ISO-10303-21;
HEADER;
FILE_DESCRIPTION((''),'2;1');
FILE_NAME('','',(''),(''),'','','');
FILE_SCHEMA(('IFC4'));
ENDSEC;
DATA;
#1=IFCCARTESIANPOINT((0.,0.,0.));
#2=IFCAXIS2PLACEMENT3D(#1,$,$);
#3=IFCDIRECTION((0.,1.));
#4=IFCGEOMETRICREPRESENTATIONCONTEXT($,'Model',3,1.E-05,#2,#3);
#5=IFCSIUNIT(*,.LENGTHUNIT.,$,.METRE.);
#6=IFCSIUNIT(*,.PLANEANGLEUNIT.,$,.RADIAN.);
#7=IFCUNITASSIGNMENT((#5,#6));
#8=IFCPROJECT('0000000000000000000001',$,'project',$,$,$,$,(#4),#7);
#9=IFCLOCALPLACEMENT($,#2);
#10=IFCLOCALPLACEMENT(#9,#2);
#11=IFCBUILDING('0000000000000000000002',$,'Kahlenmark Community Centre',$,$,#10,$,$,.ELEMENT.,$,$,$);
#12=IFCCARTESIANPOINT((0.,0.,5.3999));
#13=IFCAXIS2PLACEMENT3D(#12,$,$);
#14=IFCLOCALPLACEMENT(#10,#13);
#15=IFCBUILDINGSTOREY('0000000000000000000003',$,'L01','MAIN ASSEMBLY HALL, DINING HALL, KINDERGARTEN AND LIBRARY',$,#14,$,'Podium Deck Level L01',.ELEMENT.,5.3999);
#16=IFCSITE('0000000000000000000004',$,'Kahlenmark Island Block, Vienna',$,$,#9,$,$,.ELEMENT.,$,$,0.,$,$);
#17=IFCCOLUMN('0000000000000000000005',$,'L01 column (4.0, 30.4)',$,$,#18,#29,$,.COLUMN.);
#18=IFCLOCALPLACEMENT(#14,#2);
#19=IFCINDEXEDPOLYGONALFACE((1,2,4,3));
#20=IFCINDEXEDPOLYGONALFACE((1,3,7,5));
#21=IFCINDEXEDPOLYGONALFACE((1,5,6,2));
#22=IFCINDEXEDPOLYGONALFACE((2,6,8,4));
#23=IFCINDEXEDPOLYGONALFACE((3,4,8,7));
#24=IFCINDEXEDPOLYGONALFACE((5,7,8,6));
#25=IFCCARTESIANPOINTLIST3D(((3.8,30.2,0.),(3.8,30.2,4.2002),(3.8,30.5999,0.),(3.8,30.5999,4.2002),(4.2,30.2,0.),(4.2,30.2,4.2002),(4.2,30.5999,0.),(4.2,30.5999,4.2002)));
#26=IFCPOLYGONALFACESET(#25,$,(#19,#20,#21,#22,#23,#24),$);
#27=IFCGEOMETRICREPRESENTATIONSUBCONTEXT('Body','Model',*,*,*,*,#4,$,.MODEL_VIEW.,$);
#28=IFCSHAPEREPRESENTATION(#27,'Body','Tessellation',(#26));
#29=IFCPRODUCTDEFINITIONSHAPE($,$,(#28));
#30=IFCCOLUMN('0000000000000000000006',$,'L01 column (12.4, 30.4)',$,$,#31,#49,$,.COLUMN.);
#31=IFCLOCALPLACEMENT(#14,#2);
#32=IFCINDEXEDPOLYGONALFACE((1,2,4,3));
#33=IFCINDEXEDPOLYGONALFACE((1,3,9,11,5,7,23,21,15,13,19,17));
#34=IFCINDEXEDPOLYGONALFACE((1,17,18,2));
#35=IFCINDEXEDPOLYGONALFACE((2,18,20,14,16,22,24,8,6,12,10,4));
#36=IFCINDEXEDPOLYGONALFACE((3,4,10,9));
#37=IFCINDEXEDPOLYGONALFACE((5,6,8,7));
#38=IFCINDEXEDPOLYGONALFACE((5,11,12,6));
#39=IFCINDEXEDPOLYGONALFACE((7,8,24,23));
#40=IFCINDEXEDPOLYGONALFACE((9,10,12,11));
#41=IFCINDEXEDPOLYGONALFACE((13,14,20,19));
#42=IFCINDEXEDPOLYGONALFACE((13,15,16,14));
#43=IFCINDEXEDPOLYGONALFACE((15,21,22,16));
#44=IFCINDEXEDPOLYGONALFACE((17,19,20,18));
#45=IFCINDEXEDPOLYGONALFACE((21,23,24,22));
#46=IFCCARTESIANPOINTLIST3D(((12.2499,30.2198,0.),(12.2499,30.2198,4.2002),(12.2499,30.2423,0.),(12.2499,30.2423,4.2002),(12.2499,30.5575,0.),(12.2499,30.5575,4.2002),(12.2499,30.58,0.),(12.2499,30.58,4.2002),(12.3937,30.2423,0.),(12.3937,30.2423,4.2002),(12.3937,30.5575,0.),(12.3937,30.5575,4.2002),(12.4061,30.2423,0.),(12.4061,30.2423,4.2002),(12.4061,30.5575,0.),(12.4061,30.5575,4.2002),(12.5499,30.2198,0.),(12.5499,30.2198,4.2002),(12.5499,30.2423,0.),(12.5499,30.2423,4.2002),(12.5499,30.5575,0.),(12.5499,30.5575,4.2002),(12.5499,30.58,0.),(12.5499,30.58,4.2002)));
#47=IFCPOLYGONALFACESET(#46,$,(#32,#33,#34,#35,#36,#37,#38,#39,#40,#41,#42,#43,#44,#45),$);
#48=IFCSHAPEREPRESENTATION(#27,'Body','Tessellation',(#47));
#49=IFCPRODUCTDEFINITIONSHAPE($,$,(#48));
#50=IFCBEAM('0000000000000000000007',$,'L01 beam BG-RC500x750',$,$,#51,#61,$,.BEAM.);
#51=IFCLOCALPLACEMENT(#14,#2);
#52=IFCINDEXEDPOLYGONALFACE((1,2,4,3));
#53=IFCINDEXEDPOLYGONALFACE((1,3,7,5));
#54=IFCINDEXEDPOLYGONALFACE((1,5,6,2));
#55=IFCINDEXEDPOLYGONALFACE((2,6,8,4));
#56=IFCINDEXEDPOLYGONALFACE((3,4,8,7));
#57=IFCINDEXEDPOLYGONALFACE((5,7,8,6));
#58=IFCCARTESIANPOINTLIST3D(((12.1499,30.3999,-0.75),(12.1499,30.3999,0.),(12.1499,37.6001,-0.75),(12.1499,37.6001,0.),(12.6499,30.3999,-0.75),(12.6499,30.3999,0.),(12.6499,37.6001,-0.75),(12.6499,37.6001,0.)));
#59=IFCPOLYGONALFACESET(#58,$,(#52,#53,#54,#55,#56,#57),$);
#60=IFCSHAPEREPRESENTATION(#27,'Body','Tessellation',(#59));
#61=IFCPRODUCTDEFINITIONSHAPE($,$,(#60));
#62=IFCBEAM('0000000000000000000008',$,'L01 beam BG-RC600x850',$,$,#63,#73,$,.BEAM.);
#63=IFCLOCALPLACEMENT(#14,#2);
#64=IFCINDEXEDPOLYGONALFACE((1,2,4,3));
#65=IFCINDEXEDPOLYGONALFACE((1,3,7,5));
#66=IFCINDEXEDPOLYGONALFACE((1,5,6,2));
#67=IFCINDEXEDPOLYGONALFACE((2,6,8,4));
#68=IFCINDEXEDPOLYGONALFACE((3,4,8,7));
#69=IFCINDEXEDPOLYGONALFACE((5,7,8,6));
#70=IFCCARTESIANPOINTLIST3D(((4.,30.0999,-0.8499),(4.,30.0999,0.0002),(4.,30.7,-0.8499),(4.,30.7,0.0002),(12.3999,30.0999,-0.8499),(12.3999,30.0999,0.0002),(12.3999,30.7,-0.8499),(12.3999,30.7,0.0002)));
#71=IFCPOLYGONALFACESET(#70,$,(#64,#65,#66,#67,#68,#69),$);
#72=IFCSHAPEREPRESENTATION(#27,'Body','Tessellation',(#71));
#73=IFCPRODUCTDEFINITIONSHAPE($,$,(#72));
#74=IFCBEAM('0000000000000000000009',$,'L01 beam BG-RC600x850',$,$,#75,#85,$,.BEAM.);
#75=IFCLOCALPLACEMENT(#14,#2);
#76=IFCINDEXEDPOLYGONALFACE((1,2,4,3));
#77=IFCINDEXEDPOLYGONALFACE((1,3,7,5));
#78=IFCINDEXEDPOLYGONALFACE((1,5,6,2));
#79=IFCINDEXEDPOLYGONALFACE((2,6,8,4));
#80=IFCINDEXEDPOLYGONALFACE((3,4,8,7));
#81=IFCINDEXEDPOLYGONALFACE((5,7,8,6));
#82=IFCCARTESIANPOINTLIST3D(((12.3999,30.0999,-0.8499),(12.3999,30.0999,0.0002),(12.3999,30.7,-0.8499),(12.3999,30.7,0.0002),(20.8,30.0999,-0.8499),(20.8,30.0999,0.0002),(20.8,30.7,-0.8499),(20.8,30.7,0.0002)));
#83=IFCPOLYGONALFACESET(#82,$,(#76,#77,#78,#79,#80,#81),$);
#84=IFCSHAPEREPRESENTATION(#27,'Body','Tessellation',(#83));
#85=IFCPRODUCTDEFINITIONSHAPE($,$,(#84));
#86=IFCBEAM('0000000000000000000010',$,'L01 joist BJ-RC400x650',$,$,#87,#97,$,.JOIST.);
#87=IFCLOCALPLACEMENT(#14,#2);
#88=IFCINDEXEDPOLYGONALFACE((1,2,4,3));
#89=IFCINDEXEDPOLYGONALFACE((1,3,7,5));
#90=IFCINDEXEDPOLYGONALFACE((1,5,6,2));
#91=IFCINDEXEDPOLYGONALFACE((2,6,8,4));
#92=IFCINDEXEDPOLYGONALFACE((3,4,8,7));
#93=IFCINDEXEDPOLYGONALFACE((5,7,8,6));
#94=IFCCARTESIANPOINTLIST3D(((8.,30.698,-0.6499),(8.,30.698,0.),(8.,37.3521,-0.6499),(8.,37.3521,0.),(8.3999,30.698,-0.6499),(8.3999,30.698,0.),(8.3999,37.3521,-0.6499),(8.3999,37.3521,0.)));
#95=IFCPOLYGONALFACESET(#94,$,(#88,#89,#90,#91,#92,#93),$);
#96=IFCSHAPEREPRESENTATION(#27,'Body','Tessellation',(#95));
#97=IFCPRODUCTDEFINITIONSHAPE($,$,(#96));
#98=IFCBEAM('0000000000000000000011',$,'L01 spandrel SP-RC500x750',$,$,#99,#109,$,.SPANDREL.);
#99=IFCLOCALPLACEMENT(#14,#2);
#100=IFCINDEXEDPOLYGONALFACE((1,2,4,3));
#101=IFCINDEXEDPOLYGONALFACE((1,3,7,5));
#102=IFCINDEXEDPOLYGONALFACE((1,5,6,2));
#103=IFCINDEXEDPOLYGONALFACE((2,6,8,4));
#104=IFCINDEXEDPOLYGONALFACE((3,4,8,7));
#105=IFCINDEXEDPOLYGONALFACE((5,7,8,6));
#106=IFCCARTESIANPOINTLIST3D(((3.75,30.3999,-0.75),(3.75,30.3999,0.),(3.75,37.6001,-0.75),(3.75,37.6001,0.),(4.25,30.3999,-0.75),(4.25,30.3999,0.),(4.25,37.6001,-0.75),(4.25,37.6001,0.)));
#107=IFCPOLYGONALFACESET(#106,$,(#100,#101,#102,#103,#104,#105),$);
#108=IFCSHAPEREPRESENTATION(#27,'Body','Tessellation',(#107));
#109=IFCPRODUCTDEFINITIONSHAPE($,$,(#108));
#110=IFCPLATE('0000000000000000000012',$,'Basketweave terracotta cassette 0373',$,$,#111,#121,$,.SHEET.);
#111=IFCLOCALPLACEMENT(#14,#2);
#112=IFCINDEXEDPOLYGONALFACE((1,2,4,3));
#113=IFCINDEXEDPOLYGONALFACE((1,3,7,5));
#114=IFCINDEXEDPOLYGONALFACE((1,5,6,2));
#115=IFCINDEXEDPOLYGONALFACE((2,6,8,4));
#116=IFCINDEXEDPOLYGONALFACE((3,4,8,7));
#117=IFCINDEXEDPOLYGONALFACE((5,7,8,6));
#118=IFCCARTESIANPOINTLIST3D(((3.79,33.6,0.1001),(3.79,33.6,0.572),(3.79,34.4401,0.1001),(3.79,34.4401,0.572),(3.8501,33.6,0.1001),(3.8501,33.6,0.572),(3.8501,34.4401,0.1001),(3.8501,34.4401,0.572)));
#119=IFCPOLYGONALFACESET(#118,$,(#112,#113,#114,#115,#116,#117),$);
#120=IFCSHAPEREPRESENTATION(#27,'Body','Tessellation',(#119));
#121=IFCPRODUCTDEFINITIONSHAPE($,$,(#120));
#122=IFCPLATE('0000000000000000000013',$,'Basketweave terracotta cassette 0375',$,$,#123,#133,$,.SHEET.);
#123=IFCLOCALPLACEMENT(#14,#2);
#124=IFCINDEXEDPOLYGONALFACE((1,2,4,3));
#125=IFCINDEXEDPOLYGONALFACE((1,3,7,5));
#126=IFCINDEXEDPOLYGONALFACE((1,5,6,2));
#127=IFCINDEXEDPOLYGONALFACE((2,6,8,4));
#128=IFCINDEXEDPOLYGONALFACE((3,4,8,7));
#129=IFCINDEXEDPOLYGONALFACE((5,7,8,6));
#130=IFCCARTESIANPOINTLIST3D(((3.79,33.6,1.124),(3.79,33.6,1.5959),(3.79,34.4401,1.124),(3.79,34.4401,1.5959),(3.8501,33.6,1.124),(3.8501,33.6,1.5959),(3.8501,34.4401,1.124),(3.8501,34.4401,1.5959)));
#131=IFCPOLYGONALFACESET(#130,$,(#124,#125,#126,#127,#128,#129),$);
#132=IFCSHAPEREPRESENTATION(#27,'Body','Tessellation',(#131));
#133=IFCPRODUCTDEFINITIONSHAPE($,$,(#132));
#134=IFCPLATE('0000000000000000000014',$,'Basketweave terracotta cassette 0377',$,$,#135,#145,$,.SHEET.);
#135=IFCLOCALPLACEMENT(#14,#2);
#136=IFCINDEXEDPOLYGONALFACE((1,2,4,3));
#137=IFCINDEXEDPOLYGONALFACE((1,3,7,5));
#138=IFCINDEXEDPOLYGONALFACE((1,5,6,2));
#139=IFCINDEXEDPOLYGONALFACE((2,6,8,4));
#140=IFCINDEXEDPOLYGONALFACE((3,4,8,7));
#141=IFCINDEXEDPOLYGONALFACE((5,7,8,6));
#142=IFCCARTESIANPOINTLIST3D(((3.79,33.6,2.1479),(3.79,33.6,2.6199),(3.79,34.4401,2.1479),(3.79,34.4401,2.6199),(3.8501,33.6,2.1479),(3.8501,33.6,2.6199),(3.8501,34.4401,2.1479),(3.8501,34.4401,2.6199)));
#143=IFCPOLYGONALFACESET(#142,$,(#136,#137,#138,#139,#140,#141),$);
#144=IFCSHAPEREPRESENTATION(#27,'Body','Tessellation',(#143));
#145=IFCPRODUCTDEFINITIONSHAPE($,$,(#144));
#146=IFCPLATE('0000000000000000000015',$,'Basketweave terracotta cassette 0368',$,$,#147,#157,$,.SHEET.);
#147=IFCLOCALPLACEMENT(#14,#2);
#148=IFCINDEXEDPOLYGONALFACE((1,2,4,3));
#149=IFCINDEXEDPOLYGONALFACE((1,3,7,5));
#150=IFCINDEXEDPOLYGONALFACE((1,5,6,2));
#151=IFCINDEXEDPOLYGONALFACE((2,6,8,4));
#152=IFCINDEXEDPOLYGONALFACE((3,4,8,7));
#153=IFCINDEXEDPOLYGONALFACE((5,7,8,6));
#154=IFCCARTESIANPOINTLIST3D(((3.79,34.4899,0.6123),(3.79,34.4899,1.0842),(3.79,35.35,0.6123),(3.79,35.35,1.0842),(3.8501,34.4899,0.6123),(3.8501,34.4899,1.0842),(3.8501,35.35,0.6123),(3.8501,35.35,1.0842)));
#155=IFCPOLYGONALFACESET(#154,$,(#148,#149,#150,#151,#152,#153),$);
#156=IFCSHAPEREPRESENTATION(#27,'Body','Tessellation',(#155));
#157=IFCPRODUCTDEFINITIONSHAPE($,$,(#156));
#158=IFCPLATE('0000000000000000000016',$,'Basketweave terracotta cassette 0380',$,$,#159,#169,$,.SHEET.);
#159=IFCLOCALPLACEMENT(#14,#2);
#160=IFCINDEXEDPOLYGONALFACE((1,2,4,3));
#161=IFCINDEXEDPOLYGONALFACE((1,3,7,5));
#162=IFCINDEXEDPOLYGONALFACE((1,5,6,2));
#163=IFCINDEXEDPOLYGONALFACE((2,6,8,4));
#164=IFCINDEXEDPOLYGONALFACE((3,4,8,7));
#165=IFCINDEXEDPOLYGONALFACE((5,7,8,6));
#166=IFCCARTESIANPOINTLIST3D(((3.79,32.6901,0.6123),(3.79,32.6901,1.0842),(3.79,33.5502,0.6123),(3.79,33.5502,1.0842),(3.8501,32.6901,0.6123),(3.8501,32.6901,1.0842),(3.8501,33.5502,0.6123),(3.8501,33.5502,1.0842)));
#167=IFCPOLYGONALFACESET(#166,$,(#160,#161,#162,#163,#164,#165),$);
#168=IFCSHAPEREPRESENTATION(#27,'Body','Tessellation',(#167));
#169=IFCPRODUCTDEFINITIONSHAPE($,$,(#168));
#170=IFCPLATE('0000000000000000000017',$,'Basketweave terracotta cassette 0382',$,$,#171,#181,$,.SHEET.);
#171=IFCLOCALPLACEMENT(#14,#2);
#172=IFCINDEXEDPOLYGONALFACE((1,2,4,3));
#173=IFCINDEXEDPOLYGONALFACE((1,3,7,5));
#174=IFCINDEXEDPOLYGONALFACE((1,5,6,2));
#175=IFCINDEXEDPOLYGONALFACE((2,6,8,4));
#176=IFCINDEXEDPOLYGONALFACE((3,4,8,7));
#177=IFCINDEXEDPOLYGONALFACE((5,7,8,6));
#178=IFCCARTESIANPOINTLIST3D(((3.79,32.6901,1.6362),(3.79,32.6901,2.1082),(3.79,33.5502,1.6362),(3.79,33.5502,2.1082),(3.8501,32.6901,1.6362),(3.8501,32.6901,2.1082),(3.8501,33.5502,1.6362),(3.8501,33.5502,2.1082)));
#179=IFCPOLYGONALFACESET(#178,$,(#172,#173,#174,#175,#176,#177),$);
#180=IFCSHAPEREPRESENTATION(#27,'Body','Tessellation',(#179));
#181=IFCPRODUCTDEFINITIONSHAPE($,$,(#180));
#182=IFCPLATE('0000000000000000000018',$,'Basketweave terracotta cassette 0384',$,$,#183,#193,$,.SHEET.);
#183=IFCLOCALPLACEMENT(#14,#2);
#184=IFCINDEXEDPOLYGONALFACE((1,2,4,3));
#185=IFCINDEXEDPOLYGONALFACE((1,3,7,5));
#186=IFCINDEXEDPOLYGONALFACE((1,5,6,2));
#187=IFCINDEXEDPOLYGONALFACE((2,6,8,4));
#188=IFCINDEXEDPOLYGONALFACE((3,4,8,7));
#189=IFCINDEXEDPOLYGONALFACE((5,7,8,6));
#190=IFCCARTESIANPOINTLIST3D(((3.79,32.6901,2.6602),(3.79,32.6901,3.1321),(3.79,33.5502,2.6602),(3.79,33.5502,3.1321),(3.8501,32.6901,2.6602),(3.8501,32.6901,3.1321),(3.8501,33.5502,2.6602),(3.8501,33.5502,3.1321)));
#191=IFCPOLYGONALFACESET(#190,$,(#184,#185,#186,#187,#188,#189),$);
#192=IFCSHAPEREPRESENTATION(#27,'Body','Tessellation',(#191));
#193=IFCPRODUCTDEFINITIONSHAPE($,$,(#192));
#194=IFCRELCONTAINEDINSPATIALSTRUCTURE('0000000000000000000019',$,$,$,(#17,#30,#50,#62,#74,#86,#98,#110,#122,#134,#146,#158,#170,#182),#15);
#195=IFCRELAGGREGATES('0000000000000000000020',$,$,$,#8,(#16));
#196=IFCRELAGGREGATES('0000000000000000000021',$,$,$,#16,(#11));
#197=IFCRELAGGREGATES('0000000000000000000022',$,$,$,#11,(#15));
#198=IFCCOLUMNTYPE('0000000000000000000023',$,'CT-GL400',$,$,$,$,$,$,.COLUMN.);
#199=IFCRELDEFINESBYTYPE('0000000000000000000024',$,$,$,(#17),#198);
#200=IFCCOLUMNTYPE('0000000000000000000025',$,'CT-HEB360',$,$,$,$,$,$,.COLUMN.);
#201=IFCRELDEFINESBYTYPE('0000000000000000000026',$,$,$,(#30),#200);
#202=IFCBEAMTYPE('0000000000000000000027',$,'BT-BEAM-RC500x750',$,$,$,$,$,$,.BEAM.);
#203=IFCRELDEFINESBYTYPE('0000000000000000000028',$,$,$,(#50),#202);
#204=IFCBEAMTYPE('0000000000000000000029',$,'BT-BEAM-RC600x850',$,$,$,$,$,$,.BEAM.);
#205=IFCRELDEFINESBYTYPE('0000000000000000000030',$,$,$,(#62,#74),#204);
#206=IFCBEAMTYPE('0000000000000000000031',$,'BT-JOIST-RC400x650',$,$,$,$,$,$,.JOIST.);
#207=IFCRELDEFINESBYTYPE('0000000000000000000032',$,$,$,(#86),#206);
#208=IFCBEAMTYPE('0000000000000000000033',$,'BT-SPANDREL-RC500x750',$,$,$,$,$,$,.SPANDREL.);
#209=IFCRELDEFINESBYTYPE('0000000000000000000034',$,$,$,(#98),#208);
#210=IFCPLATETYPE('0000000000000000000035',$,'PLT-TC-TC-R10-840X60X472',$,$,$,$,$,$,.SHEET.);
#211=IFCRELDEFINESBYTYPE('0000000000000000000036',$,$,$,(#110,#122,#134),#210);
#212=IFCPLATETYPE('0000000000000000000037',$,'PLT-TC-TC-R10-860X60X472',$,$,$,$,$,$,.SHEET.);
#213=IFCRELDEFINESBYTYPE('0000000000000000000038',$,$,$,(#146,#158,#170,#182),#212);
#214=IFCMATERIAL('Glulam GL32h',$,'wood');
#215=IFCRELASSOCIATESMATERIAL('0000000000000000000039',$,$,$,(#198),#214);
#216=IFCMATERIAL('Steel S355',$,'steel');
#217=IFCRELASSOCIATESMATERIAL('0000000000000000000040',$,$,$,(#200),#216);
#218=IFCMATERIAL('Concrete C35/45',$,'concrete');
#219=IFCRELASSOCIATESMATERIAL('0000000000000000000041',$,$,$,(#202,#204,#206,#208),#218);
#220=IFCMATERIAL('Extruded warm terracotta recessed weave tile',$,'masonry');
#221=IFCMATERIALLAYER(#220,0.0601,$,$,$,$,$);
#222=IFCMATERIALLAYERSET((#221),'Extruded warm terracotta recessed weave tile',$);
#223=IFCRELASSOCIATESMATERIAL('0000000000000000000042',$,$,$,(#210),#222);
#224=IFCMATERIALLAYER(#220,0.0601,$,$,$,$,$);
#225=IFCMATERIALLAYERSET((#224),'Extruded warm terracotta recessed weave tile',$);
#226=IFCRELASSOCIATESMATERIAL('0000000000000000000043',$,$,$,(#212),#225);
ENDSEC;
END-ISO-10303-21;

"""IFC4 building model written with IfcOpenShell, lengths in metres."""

from ifc_helpers import new_model, si_unit, direction, frame, origin, origin_2d, place, context, subcontext, project, spatial, rectangle, i_section, extrude, material, layer, layer_set, material_profile, profile_set, type_object, element, save


model = new_model("IFC4")

# Units and contexts
model_context = context("Model", 3, precision=1e-05, world=origin(), true_north=direction((0.0, 1.0)))
body_context = subcontext(model_context, "Body", "Model", "MODEL_VIEW")
ifc_project = project(units=[si_unit("LENGTHUNIT", "METRE"), si_unit("PLANEANGLEUNIT", "RADIAN")], contexts=[model_context])

# Site, building, storey
site_placement = place(None, origin())
site = spatial("IfcSite", under=ifc_project, at=site_placement, Name="Kahlenmark Island Block, Vienna", CompositionType="ELEMENT", RefElevation=0.0)
building_placement = place(site_placement, origin())
building = spatial("IfcBuilding", under=site, at=building_placement, Name="Kahlenmark Community Centre", CompositionType="ELEMENT")
storey_placement = place(building_placement, frame((0.0, 0.0, 5.3999)))
storey = spatial("IfcBuildingStorey", under=building, at=storey_placement, Name="L01", Description="MAIN ASSEMBLY HALL, DINING HALL, KINDERGARTEN AND LIBRARY", LongName="Podium Deck Level L01", CompositionType="ELEMENT", Elevation=5.3999)

# Columns
ifc_material_1 = material(Name="Glulam GL32h", Category="wood")
ifc_material_profile_1 = material_profile(ifc_material_1, rectangle(XDim=0.3999, YDim=0.3999, at=origin_2d()), Name="GL32h 400x400")
ifc_profile_set_1 = profile_set([ifc_material_profile_1], Name="Glulam GL32h")
column_type_1 = type_object("IfcColumnType", Name="CT-GL400", PredefinedType="COLUMN", material=ifc_profile_set_1)
column_1_placement = place(storey_placement, frame((4.0, 30.3999, 0.0), z_axis=(0.0, 0.0, 1.0), x_axis=(1.0, 0.0, 0.0)))
element("IfcColumn", 1, at=column_1_placement, inside=storey, type_object=column_type_1, Name="L01 column (4.0, 30.4)", PredefinedType="COLUMN", context=body_context, shape_type="SweptSolid", body=[
    extrude(rectangle(XDim=0.3999, YDim=0.3999, at=origin_2d()), origin(), (0.0, 0.0, 1.0), 4.2002),
])
ifc_material_2 = material(Name="Steel S355", Category="steel")
ifc_material_profile_2 = material_profile(ifc_material_2, i_section(OverallWidth=0.3, OverallDepth=0.3601, WebThickness=0.0125, FlangeThickness=0.0225, at=origin_2d()), Name="HEB 360")
ifc_profile_set_2 = profile_set([ifc_material_profile_2], Name="Steel S355")
column_type_2 = type_object("IfcColumnType", Name="CT-HEB360", PredefinedType="COLUMN", material=ifc_profile_set_2)
column_2_placement = place(storey_placement, frame((12.3999, 30.3999, 0.0), z_axis=(0.0, 0.0, 1.0), x_axis=(1.0, 0.0, 0.0)))
element("IfcColumn", 2, at=column_2_placement, inside=storey, type_object=column_type_2, Name="L01 column (12.4, 30.4)", PredefinedType="COLUMN", context=body_context, shape_type="SweptSolid", body=[
    extrude(i_section(OverallWidth=0.3, OverallDepth=0.3601, WebThickness=0.0125, FlangeThickness=0.0225, at=origin_2d()), origin(), (0.0, 0.0, 1.0), 4.2002),
])

# Beams
ifc_material_3 = material(Name="Concrete C35/45", Category="concrete")
ifc_material_profile_3 = material_profile(ifc_material_3, rectangle(XDim=0.5, YDim=0.75, at=origin_2d()), Name="RC 500x750")
ifc_profile_set_3 = profile_set([ifc_material_profile_3], Name="Concrete C35/45")
beam_type_1 = type_object("IfcBeamType", Name="BT-BEAM-RC500x750", PredefinedType="BEAM", material=ifc_profile_set_3)
beam_1_placement = place(storey_placement, frame((12.3999, 30.3999, -0.375), z_axis=(0.0, 1.0, 0.0), x_axis=(-1.0, 0.0, 0.0)))
element("IfcBeam", 3, at=beam_1_placement, inside=storey, type_object=beam_type_1, Name="L01 beam BG-RC500x750", PredefinedType="BEAM", context=body_context, shape_type="SweptSolid", body=[
    extrude(rectangle(XDim=0.5, YDim=0.75, at=origin_2d()), origin(), (0.0, 0.0, 1.0), 7.2002),
])
ifc_material_profile_4 = material_profile(ifc_material_3, rectangle(XDim=0.6001, YDim=0.8501, at=origin_2d()), Name="RC 600x850")
ifc_profile_set_4 = profile_set([ifc_material_profile_4], Name="Concrete C35/45")
beam_type_2 = type_object("IfcBeamType", Name="BT-BEAM-RC600x850", PredefinedType="BEAM", material=ifc_profile_set_4)
beam_2_placement = place(storey_placement, frame((4.0, 30.3999, -0.4248), z_axis=(1.0, 0.0, 0.0), x_axis=(0.0, 1.0, 0.0)))
element("IfcBeam", 4, at=beam_2_placement, inside=storey, type_object=beam_type_2, Name="L01 beam BG-RC600x850", PredefinedType="BEAM", context=body_context, shape_type="SweptSolid", body=[
    extrude(rectangle(XDim=0.6001, YDim=0.8501, at=origin_2d()), origin(), (0.0, 0.0, 1.0), 8.3999),
])
beam_3_placement = place(storey_placement, frame((12.3999, 30.3999, -0.4248), z_axis=(1.0, 0.0, 0.0), x_axis=(0.0, 1.0, 0.0)))
element("IfcBeam", 5, at=beam_3_placement, inside=storey, type_object=beam_type_2, Name="L01 beam BG-RC600x850", PredefinedType="BEAM", context=body_context, shape_type="SweptSolid", body=[
    extrude(rectangle(XDim=0.6001, YDim=0.8501, at=origin_2d()), origin(), (0.0, 0.0, 1.0), 8.4001),
])
ifc_material_profile_5 = material_profile(ifc_material_3, rectangle(XDim=0.3999, YDim=0.6499, at=origin_2d()), Name="RC 400x650")
ifc_profile_set_5 = profile_set([ifc_material_profile_5], Name="Concrete C35/45")
beam_type_3 = type_object("IfcBeamType", Name="BT-JOIST-RC400x650", PredefinedType="JOIST", material=ifc_profile_set_5)
beam_4_placement = place(storey_placement, frame((8.2, 30.698, -0.325), z_axis=(0.0, 1.0, 0.0), x_axis=(-1.0, 0.0, 0.0)))
element("IfcBeam", 6, at=beam_4_placement, inside=storey, type_object=beam_type_3, Name="L01 joist BJ-RC400x650", PredefinedType="JOIST", context=body_context, shape_type="SweptSolid", body=[
    extrude(rectangle(XDim=0.3999, YDim=0.6499, at=origin_2d()), origin(), (0.0, 0.0, 1.0), 6.6541),
])
ifc_material_profile_6 = material_profile(ifc_material_3, rectangle(XDim=0.5, YDim=0.75, at=origin_2d()), Name="RC 500x750")
ifc_profile_set_6 = profile_set([ifc_material_profile_6], Name="Concrete C35/45")
beam_type_4 = type_object("IfcBeamType", Name="BT-SPANDREL-RC500x750", PredefinedType="SPANDREL", material=ifc_profile_set_6)
beam_5_placement = place(storey_placement, frame((4.0, 30.3999, -0.375), z_axis=(0.0, 1.0, 0.0), x_axis=(-1.0, 0.0, 0.0)))
element("IfcBeam", 7, at=beam_5_placement, inside=storey, type_object=beam_type_4, Name="L01 spandrel SP-RC500x750", PredefinedType="SPANDREL", context=body_context, shape_type="SweptSolid", body=[
    extrude(rectangle(XDim=0.5, YDim=0.75, at=origin_2d()), origin(), (0.0, 0.0, 1.0), 7.2002),
])

# Plates
ifc_material_4 = material(Name="Extruded warm terracotta recessed weave tile", Category="masonry")
ifc_layer_1 = layer(ifc_material_4, 0.0601)
ifc_layer_set_1 = layer_set([ifc_layer_1], Name="Extruded warm terracotta recessed weave tile")
plate_type_1 = type_object("IfcPlateType", Name="PLT-TC-TC-R10-840X60X472", PredefinedType="SHEET", material=ifc_layer_set_1)
for number, where, z_axis, x_axis, name in (
    (8, (3.8201, 34.02, 0.1001), (0.0, 0.0, 1.0), (0.0, -1.0, 0.0), "Basketweave terracotta cassette 0373"),
    (9, (3.8201, 34.02, 1.124), (0.0, 0.0, 1.0), (0.0, -1.0, 0.0), "Basketweave terracotta cassette 0375"),
    (10, (3.8201, 34.02, 2.1479), (0.0, 0.0, 1.0), (0.0, -1.0, 0.0), "Basketweave terracotta cassette 0377"),
):
    element("IfcPlate", number, at=place(storey_placement, frame(where, z_axis=z_axis, x_axis=x_axis)), inside=storey, type_object=plate_type_1, Name=name, PredefinedType="SHEET", context=body_context, shape_type="SweptSolid", body=[
        extrude(rectangle(XDim=0.8401, YDim=0.0601, at=origin_2d()), origin(), (0.0, 0.0, 1.0), 0.4719),
    ])
ifc_layer_2 = layer(ifc_material_4, 0.0601)
ifc_layer_set_2 = layer_set([ifc_layer_2], Name="Extruded warm terracotta recessed weave tile")
plate_type_2 = type_object("IfcPlateType", Name="PLT-TC-TC-R10-860X60X472", PredefinedType="SHEET", material=ifc_layer_set_2)
for number, where, z_axis, x_axis, name in (
    (11, (3.8201, 34.9199, 0.6123), (0.0, 0.0, 1.0), (0.0, -1.0, 0.0), "Basketweave terracotta cassette 0368"),
    (12, (3.8201, 33.1201, 0.6123), (0.0, 0.0, 1.0), (0.0, -1.0, 0.0), "Basketweave terracotta cassette 0380"),
    (13, (3.8201, 33.1201, 1.6362), (0.0, 0.0, 1.0), (0.0, -1.0, 0.0), "Basketweave terracotta cassette 0382"),
    (14, (3.8201, 33.1201, 2.6602), (0.0, 0.0, 1.0), (0.0, -1.0, 0.0), "Basketweave terracotta cassette 0384"),
):
    element("IfcPlate", number, at=place(storey_placement, frame(where, z_axis=z_axis, x_axis=x_axis)), inside=storey, type_object=plate_type_2, Name=name, PredefinedType="SHEET", context=body_context, shape_type="SweptSolid", body=[
        extrude(rectangle(XDim=0.8601, YDim=0.0601, at=origin_2d()), origin(), (0.0, 0.0, 1.0), 0.4719),
    ])

save(model, "model.ifc")
